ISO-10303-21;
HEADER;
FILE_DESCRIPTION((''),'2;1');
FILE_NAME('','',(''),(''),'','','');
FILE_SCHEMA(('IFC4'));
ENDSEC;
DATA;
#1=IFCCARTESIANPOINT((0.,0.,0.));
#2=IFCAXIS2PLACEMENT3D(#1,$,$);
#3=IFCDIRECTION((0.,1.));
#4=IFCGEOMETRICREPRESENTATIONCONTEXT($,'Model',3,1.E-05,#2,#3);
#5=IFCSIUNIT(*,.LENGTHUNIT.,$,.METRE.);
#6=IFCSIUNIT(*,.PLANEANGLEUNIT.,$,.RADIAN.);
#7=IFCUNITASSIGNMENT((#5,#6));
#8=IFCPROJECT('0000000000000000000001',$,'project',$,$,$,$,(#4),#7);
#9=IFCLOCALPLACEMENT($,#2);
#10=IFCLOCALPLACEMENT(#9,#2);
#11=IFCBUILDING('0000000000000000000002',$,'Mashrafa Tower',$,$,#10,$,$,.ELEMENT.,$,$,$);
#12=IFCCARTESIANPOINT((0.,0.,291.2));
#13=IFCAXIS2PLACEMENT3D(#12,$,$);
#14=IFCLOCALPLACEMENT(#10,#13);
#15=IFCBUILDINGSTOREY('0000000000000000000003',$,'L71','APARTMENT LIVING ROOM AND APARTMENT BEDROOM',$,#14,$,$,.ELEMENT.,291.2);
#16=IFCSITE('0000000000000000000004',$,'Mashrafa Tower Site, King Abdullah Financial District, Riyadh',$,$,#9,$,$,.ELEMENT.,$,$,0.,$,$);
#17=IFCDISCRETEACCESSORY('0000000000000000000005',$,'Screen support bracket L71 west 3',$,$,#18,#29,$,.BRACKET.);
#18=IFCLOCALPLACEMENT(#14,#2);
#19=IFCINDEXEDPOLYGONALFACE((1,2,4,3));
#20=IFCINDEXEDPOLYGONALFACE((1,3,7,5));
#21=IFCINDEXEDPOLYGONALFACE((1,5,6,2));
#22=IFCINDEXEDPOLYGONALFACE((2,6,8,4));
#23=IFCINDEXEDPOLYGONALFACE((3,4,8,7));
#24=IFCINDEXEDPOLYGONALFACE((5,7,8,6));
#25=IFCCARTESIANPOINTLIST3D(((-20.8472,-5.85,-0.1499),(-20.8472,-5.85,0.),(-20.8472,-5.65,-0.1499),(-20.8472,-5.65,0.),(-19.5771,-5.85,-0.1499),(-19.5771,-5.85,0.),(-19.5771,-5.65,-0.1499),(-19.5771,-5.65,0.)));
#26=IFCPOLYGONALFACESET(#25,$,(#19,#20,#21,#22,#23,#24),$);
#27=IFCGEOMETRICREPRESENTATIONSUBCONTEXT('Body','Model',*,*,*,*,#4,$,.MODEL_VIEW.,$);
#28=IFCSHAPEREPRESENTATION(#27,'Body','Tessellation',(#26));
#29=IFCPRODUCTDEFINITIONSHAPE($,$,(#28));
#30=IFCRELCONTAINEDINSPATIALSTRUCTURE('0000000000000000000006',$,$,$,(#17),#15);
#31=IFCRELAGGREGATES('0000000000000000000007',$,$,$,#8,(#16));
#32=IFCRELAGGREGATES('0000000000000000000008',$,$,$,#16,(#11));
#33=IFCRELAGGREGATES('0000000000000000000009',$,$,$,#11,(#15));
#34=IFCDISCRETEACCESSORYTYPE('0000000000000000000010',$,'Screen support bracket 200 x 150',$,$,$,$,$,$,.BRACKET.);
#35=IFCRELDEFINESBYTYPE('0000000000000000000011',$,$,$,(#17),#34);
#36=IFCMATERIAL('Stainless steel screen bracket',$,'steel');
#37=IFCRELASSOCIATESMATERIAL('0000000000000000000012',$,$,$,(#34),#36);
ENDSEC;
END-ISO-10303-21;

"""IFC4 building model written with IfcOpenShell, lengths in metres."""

from ifc_helpers import new_model, si_unit, direction, frame, origin, origin_2d, place, context, subcontext, project, spatial, rectangle, extrude, source, transform, mapped, material, type_object, type_shapes, element, save


model = new_model("IFC4")

# Units and contexts
model_context = context("Model", 3, precision=1e-05, world=origin(), true_north=direction((0.0, 1.0)))
body_context = subcontext(model_context, "Body", "Model", "MODEL_VIEW")
ifc_project = project(units=[si_unit("LENGTHUNIT", "METRE"), si_unit("PLANEANGLEUNIT", "RADIAN")], contexts=[model_context])

# Site, building, storey
site_placement = place(None, origin())
site = spatial("IfcSite", under=ifc_project, at=site_placement, Name="Mashrafa Tower Site, King Abdullah Financial District, Riyadh", CompositionType="ELEMENT", RefElevation=0.0)
building_placement = place(site_placement, origin())
building = spatial("IfcBuilding", under=site, at=building_placement, Name="Mashrafa Tower", CompositionType="ELEMENT")
storey_placement = place(building_placement, frame((0.0, 0.0, 291.2)))
storey = spatial("IfcBuildingStorey", under=building, at=storey_placement, Name="L71", Description="APARTMENT LIVING ROOM AND APARTMENT BEDROOM", CompositionType="ELEMENT", Elevation=291.2)

# Discrete accessory
ifc_material_1 = material(Name="Stainless steel screen bracket", Category="steel")
discrete_accessory_type = type_object("IfcDiscreteAccessoryType", Name="Screen support bracket 200 x 150", PredefinedType="BRACKET", material=ifc_material_1)
shared_shape_1 = source(origin(), body_context, "Body", "SweptSolid", [
    extrude(rectangle(XDim=0.2, YDim=1.27, at=origin_2d()), origin(), (0.0, 0.0, 1.0), 0.1499),
])
type_shapes(discrete_accessory_type, [shared_shape_1])
for number, where, z_axis, x_axis, name in (
    (1, (-20.2122, -5.75, -0.1499), (0.0, 0.0, 1.0), (0.0, -1.0, 0.0), "Screen support bracket L71 west 3"),
):
    element("IfcDiscreteAccessory", number, at=place(storey_placement, frame(where, z_axis=z_axis, x_axis=x_axis)), inside=storey, type_object=discrete_accessory_type, Name=name, PredefinedType="BRACKET", context=body_context, shape_type="MappedRepresentation", body=[
        mapped(shared_shape_1, transform((0.0, 0.0, 0.0))),
    ])

save(model, "model.ifc")
